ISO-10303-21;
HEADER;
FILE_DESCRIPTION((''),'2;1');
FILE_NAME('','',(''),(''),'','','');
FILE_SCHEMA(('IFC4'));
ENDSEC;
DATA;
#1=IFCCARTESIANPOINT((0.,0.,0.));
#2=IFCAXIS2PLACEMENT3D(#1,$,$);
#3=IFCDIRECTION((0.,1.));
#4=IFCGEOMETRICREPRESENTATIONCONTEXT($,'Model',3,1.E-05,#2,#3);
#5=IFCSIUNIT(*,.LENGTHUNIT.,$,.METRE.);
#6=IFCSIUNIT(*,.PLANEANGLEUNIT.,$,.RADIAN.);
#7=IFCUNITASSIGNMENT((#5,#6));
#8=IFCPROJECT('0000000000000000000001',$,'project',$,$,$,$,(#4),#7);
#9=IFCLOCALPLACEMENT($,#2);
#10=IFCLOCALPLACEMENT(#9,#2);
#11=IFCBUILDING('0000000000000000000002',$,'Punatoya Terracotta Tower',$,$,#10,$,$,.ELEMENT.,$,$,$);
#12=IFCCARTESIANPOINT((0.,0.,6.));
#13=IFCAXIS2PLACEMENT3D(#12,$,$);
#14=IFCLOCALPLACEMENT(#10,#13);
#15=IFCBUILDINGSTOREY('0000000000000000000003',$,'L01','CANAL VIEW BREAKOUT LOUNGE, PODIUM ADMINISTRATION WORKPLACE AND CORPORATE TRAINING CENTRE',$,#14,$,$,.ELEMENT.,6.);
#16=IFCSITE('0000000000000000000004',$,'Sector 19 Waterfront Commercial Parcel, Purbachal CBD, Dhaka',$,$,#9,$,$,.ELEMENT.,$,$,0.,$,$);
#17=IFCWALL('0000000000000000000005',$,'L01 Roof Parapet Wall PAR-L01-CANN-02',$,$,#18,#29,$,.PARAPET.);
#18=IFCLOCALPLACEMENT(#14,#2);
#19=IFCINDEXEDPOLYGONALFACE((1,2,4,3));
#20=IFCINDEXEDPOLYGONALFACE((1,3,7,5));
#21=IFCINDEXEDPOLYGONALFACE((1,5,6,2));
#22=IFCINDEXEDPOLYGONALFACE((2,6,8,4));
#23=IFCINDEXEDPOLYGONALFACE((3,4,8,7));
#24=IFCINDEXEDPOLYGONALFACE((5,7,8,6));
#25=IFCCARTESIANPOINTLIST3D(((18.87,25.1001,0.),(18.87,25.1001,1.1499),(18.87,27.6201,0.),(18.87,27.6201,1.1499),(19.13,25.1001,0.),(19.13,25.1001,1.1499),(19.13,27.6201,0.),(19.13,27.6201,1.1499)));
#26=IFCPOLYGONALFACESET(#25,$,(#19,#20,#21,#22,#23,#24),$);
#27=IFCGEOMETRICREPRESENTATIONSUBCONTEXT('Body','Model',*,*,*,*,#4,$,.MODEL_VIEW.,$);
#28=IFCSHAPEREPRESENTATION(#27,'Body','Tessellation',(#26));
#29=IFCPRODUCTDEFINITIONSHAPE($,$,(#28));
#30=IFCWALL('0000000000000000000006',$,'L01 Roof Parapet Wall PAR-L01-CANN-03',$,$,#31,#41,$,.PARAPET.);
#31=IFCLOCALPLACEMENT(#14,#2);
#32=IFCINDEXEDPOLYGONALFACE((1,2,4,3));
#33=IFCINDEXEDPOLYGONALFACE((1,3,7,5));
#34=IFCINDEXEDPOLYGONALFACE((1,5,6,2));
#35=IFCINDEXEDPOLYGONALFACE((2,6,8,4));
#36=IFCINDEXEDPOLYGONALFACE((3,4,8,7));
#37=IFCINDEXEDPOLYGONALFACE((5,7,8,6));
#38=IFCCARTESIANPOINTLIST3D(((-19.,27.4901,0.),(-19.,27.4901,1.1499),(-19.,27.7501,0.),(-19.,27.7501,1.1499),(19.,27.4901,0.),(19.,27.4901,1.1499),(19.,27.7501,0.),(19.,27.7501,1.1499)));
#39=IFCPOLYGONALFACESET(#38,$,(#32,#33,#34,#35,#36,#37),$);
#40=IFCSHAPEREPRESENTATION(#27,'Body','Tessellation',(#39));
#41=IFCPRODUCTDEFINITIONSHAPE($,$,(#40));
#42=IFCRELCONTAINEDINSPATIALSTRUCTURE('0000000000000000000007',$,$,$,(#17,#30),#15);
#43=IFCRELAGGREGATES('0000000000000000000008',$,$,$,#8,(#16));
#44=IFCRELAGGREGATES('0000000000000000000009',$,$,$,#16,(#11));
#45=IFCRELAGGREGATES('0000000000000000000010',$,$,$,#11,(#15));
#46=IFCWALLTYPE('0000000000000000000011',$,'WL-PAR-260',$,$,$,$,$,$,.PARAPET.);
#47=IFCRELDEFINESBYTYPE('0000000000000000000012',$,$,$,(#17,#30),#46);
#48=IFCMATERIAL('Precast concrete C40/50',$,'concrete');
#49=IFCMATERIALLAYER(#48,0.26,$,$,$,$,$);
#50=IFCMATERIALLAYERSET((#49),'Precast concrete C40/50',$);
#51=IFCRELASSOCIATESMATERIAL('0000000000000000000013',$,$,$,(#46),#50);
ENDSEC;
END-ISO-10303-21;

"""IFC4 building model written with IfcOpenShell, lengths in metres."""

from ifc_helpers import new_model, si_unit, direction, frame, frame_2d, origin, place, context, subcontext, project, spatial, rectangle, extrude, material, layer, layer_set, type_object, element, save


model = new_model("IFC4")

# Units and contexts
model_context = context("Model", 3, precision=1e-05, world=origin(), true_north=direction((0.0, 1.0)))
body_context = subcontext(model_context, "Body", "Model", "MODEL_VIEW")
ifc_project = project(units=[si_unit("LENGTHUNIT", "METRE"), si_unit("PLANEANGLEUNIT", "RADIAN")], contexts=[model_context])

# Site, building, storey
site_placement = place(None, origin())
site = spatial("IfcSite", under=ifc_project, at=site_placement, Name="Sector 19 Waterfront Commercial Parcel, Purbachal CBD, Dhaka", CompositionType="ELEMENT", RefElevation=0.0)
building_placement = place(site_placement, origin())
building = spatial("IfcBuilding", under=site, at=building_placement, Name="Punatoya Terracotta Tower", CompositionType="ELEMENT")
storey_placement = place(building_placement, frame((0.0, 0.0, 6.0)))
storey = spatial("IfcBuildingStorey", under=building, at=storey_placement, Name="L01", Description="CANAL VIEW BREAKOUT LOUNGE, PODIUM ADMINISTRATION WORKPLACE AND CORPORATE TRAINING CENTRE", CompositionType="ELEMENT", Elevation=6.0)

# Walls
ifc_material_1 = material(Name="Precast concrete C40/50", Category="concrete")
ifc_layer_1 = layer(ifc_material_1, 0.26)
ifc_layer_set_1 = layer_set([ifc_layer_1], Name="Precast concrete C40/50")
wall_type_1 = type_object("IfcWallType", Name="WL-PAR-260", PredefinedType="PARAPET", material=ifc_layer_set_1)
wall_1_placement = place(storey_placement, frame((19.0, 25.1001, 0.0), z_axis=(0.0, 0.0, 1.0), x_axis=(0.0, 1.0, 0.0)))
element("IfcWall", 1, at=wall_1_placement, inside=storey, type_object=wall_type_1, Name="L01 Roof Parapet Wall PAR-L01-CANN-02", PredefinedType="PARAPET", context=body_context, shape_type="SweptSolid", body=[
    extrude(rectangle(XDim=2.52, YDim=0.26, at=frame_2d((1.26, 0.0))), origin(), (0.0, 0.0, 1.0), 1.1499),
])
wall_2_placement = place(storey_placement, frame((19.0, 27.6201, 0.0), z_axis=(0.0, 0.0, 1.0), x_axis=(-1.0, 0.0, 0.0)))
element("IfcWall", 2, at=wall_2_placement, inside=storey, type_object=wall_type_1, Name="L01 Roof Parapet Wall PAR-L01-CANN-03", PredefinedType="PARAPET", context=body_context, shape_type="SweptSolid", body=[
    extrude(rectangle(XDim=38.0, YDim=0.26, at=frame_2d((19.0, 0.0))), origin(), (0.0, 0.0, 1.0), 1.1499),
])

save(model, "model.ifc")
